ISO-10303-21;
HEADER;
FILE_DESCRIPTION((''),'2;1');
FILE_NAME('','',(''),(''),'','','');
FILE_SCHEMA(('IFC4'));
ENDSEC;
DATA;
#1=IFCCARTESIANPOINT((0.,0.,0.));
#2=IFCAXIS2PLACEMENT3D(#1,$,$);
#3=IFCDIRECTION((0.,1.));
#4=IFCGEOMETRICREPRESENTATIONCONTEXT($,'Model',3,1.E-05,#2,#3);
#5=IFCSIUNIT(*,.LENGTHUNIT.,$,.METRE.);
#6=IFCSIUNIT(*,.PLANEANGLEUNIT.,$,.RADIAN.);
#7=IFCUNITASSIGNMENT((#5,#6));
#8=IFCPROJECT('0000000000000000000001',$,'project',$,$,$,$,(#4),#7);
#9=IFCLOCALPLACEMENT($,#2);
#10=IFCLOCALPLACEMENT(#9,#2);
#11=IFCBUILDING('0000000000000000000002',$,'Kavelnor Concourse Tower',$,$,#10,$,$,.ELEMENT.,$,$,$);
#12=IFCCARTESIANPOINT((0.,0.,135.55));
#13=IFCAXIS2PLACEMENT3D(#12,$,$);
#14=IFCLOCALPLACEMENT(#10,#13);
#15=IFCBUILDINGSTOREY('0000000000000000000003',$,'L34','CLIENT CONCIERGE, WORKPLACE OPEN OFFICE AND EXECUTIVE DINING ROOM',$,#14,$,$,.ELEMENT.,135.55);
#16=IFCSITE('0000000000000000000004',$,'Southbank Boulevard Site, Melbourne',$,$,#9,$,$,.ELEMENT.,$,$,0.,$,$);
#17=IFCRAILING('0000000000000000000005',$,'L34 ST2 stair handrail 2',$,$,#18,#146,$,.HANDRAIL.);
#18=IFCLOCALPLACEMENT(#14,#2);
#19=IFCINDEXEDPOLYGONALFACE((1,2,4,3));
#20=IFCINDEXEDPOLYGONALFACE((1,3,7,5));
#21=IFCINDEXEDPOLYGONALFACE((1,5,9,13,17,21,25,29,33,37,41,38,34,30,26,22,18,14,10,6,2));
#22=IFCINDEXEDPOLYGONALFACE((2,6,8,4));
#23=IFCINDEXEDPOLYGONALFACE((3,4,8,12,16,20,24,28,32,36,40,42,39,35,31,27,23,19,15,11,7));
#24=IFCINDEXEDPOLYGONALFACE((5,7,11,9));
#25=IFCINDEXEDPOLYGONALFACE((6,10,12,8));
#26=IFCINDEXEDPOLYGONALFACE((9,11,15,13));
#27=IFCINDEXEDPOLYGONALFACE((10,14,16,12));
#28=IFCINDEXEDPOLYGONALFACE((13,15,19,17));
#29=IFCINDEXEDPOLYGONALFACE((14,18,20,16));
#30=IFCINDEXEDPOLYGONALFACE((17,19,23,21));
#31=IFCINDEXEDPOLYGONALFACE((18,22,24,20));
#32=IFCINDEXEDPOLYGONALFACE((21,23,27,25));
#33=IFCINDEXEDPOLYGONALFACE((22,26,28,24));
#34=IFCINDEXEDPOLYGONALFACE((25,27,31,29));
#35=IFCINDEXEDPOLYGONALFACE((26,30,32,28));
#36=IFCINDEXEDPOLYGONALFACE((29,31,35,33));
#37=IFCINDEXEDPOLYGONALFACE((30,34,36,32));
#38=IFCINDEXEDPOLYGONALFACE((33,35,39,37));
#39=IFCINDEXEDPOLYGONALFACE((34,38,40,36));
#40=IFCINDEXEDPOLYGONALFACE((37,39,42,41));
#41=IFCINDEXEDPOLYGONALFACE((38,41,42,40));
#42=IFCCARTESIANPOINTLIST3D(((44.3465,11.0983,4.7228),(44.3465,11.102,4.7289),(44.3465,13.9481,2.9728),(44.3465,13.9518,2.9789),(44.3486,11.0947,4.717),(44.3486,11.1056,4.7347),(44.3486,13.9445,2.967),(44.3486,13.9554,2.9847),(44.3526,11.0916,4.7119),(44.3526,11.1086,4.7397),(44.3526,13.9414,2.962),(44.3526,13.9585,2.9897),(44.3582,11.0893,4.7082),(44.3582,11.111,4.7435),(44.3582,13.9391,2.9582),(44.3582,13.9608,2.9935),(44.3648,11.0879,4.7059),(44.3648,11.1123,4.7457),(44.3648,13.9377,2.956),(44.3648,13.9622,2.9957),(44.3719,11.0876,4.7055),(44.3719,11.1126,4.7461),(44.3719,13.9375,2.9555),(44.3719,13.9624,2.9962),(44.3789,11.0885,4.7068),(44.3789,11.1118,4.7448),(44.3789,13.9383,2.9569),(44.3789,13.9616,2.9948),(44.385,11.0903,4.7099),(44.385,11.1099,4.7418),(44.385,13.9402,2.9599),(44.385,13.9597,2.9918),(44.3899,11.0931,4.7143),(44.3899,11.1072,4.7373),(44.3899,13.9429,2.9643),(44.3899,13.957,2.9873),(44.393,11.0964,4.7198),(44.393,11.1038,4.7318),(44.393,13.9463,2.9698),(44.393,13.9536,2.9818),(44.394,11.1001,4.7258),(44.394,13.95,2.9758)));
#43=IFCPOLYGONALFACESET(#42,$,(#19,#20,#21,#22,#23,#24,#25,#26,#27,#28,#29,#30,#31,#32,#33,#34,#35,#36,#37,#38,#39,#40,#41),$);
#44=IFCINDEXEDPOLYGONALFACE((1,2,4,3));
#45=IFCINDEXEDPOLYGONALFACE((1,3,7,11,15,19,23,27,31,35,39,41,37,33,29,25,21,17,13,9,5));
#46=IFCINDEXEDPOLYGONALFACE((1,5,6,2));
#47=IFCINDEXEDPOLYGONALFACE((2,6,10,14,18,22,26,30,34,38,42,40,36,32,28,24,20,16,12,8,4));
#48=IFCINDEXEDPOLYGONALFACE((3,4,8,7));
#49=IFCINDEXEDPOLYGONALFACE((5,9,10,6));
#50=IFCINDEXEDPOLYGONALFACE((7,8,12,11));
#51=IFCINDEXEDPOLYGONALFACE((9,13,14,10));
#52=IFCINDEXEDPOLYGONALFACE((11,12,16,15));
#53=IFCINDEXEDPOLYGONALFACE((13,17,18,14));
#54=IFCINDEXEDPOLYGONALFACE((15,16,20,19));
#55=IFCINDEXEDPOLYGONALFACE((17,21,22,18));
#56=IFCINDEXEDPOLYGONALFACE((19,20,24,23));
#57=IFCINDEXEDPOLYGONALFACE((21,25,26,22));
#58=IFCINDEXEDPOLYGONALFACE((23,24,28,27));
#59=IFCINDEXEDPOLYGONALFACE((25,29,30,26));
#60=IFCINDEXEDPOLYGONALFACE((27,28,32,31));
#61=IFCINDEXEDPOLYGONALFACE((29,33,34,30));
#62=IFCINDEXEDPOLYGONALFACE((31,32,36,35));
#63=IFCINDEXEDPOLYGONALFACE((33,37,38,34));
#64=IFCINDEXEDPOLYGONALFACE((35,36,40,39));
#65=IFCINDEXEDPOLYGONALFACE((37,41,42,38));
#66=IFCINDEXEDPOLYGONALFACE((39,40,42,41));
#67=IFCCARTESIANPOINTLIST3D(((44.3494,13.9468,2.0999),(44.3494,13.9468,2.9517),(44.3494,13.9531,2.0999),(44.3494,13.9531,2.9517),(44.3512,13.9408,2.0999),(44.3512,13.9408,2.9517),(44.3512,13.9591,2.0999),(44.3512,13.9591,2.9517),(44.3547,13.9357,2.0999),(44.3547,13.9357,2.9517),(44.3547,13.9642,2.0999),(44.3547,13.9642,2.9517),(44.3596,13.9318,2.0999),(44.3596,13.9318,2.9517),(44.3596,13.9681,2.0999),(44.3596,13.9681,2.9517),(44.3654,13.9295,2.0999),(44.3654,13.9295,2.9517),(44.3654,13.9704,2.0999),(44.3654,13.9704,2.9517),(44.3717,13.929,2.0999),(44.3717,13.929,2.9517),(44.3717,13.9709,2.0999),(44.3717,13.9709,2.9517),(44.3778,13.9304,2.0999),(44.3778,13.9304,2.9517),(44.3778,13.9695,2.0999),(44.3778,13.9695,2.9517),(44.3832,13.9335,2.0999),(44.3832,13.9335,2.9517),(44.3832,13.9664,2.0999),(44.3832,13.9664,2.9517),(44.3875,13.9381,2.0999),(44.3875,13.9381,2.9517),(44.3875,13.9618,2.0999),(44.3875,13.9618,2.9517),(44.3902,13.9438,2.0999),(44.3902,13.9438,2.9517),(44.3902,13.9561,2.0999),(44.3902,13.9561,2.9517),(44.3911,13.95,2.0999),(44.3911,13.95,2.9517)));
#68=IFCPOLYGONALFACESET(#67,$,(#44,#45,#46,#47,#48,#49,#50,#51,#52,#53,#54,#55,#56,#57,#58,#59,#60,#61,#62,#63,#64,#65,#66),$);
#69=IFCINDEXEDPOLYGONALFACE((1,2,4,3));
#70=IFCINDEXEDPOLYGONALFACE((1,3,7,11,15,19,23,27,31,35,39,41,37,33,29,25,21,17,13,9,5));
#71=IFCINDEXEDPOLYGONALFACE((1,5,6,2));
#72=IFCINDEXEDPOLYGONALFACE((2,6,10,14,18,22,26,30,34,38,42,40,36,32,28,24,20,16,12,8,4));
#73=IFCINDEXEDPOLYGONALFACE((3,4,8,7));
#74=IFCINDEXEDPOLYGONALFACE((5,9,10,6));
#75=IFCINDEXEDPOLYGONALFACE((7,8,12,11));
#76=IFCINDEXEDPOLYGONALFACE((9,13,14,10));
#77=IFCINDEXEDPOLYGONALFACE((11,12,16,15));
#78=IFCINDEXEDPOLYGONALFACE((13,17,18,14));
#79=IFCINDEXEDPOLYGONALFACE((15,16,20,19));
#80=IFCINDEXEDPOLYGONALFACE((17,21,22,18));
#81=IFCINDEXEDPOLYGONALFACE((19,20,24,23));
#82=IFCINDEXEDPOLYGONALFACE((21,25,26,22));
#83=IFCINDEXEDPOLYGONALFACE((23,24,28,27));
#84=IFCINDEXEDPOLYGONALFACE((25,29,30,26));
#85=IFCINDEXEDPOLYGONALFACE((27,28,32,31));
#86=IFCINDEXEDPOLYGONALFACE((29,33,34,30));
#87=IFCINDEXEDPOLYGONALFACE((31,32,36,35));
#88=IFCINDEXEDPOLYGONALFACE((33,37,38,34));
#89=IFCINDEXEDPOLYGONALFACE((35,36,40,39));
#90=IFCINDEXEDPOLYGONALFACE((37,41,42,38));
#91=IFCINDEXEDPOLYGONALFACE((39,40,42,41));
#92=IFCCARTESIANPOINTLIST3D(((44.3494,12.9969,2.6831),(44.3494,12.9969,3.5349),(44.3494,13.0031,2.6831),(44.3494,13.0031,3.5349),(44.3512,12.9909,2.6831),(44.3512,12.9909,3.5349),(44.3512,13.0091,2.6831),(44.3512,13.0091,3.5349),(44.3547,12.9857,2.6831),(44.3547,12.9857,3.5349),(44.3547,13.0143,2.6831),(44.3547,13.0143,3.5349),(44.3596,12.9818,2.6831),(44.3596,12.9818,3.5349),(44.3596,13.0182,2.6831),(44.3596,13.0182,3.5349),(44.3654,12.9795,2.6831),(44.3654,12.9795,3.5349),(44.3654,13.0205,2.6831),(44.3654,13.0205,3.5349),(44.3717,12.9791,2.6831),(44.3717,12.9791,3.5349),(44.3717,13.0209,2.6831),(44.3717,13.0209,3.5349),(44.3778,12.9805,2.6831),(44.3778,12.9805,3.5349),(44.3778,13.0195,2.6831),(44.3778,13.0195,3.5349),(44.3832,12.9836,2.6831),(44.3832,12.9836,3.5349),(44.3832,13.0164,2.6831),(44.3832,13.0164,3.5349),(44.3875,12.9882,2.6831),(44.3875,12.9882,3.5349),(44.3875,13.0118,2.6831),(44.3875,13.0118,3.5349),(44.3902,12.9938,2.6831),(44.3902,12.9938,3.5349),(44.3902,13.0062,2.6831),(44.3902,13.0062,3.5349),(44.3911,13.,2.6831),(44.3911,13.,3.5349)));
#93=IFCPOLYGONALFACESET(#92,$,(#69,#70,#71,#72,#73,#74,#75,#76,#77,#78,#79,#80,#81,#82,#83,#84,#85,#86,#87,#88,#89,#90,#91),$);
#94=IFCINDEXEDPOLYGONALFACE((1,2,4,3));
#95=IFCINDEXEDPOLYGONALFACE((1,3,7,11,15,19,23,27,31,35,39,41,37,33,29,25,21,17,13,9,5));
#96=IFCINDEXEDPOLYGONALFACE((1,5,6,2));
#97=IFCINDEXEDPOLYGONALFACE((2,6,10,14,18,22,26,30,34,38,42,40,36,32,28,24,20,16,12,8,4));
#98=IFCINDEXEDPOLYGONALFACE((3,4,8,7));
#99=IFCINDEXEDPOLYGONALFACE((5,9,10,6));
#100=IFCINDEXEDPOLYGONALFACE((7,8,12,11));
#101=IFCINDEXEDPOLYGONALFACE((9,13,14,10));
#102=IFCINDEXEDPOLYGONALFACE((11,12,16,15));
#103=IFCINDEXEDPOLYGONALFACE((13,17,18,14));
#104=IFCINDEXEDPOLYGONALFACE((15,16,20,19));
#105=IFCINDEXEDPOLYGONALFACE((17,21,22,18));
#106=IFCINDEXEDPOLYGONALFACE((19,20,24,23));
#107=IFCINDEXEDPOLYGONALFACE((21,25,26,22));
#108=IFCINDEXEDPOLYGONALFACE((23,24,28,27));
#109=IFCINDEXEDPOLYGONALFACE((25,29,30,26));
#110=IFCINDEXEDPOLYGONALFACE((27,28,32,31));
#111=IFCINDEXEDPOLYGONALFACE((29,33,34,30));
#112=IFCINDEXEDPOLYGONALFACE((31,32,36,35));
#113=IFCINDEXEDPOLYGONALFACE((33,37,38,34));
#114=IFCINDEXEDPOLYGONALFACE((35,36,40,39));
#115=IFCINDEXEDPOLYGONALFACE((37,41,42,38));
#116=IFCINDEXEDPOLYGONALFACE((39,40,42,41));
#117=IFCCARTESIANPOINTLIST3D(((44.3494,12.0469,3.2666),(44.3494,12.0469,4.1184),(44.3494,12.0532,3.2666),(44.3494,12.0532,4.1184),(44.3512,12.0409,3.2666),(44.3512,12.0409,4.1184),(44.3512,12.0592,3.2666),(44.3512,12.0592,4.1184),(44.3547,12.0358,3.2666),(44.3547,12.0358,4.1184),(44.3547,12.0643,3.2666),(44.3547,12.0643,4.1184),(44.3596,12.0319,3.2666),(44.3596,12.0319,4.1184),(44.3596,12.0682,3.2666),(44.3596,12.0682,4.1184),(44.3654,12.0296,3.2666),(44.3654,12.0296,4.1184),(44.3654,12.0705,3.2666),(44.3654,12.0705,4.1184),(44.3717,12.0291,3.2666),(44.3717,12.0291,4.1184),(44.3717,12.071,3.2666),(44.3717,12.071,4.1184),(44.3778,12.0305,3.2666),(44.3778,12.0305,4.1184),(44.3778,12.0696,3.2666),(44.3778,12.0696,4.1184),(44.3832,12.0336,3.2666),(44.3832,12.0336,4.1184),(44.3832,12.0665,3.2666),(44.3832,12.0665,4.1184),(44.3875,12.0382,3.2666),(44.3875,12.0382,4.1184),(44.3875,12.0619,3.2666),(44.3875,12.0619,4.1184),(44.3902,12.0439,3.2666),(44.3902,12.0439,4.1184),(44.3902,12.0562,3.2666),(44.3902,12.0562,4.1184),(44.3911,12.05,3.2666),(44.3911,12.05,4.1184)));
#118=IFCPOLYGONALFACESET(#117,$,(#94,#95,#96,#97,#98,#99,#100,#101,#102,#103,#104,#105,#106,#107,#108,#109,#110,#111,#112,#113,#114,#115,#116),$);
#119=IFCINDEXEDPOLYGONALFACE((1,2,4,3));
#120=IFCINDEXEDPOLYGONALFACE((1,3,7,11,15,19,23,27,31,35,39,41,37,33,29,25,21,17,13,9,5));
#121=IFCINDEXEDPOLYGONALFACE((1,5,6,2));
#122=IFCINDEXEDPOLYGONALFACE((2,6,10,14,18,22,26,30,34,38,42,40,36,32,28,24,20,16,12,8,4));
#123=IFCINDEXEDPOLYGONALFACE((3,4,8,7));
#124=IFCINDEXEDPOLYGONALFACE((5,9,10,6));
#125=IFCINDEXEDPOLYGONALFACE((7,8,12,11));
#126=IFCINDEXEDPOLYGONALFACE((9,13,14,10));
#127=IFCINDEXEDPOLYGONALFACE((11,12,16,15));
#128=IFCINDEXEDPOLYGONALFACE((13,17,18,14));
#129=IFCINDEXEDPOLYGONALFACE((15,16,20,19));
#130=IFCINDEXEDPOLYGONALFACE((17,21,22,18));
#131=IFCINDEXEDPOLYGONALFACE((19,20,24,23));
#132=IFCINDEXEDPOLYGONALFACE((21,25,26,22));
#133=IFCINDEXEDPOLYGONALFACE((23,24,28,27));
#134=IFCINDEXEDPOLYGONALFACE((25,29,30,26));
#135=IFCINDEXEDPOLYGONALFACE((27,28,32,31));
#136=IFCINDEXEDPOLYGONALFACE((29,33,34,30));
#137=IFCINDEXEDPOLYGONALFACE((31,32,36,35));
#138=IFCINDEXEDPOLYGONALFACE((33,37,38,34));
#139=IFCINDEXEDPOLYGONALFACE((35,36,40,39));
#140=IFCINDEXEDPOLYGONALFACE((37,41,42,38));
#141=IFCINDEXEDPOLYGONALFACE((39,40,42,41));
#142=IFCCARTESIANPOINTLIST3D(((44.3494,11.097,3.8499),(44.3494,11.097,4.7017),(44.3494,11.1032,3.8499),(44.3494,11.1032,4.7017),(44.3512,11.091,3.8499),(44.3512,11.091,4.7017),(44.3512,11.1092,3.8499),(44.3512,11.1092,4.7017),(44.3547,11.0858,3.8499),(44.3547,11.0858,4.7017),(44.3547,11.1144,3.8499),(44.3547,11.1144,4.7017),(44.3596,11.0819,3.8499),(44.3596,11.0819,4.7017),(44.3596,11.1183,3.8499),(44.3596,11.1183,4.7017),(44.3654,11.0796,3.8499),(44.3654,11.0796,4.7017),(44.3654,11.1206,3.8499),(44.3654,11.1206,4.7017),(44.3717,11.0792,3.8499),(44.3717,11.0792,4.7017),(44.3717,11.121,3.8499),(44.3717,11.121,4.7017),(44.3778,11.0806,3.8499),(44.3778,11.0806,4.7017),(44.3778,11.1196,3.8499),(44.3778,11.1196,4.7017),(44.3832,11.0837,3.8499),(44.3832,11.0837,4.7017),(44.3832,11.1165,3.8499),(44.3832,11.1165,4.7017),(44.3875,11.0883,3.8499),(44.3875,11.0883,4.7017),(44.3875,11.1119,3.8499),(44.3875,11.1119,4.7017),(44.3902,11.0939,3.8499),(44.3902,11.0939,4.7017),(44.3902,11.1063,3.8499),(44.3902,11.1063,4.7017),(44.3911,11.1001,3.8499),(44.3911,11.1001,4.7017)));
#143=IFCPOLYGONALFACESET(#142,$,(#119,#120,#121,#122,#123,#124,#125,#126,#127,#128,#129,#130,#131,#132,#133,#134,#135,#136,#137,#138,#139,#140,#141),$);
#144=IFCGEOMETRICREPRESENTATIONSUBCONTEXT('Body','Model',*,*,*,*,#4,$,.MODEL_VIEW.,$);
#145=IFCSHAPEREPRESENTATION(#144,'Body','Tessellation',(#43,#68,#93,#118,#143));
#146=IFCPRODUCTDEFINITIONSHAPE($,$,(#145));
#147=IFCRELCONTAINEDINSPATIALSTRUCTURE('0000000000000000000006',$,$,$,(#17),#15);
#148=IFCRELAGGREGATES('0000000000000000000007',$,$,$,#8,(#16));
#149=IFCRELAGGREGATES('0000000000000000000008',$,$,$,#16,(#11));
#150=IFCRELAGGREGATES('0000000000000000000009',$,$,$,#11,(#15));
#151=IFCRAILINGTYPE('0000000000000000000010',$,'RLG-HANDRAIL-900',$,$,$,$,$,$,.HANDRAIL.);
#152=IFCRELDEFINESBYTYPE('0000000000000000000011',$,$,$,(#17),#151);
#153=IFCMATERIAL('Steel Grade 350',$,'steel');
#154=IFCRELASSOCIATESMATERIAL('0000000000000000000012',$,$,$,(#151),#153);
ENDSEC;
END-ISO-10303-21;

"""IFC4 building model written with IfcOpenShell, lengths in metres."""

from ifc_helpers import new_model, si_unit, direction, frame, origin, origin_2d, place, context, subcontext, project, spatial, circle, extrude, material, type_object, element, save


model = new_model("IFC4")

# Units and contexts
model_context = context("Model", 3, precision=1e-05, world=origin(), true_north=direction((0.0, 1.0)))
body_context = subcontext(model_context, "Body", "Model", "MODEL_VIEW")
ifc_project = project(units=[si_unit("LENGTHUNIT", "METRE"), si_unit("PLANEANGLEUNIT", "RADIAN")], contexts=[model_context])

# Site, building, storey
site_placement = place(None, origin())
site = spatial("IfcSite", under=ifc_project, at=site_placement, Name="Southbank Boulevard Site, Melbourne", CompositionType="ELEMENT", RefElevation=0.0)
building_placement = place(site_placement, origin())
building = spatial("IfcBuilding", under=site, at=building_placement, Name="Kavelnor Concourse Tower", CompositionType="ELEMENT")
storey_placement = place(building_placement, frame((0.0, 0.0, 135.55)))
storey = spatial("IfcBuildingStorey", under=building, at=storey_placement, Name="L34", Description="CLIENT CONCIERGE, WORKPLACE OPEN OFFICE AND EXECUTIVE DINING ROOM", CompositionType="ELEMENT", Elevation=135.55)

# Shared definitions
ifc_material_1 = material(Name="Steel Grade 350", Category="steel")

# Railing
railing_type_1 = type_object("IfcRailingType", Name="RLG-HANDRAIL-900", PredefinedType="HANDRAIL", material=ifc_material_1)
railing_1_placement = place(storey_placement, frame((44.3701, 13.95, 2.0999)))
element("IfcRailing", 1, at=railing_1_placement, inside=storey, type_object=railing_type_1, Name="L34 ST2 stair handrail 2", PredefinedType="HANDRAIL", context=body_context, shape_type="SweptSolid", body=[
    extrude(circle(Radius=0.0239, at=origin_2d()), frame((0.0, 0.0, 0.876), z_axis=(0.0, -0.852159, 0.523283), x_axis=(1.0, 0.0, 0.0)), (0.0, 0.0, 1.0), 3.3442),
    extrude(circle(Radius=0.021, at=origin_2d()), origin(), (0.0, 0.0, 1.0), 0.8518),
    extrude(circle(Radius=0.021, at=origin_2d()), frame((0.0, -0.95, 0.5833)), (0.0, 0.0, 1.0), 0.8518),
    extrude(circle(Radius=0.021, at=origin_2d()), frame((0.0, -1.8999, 1.1667)), (0.0, 0.0, 1.0), 0.8518),
    extrude(circle(Radius=0.021, at=origin_2d()), frame((0.0, -2.8499, 1.75)), (0.0, 0.0, 1.0), 0.8518),
])

save(model, "model.ifc")
